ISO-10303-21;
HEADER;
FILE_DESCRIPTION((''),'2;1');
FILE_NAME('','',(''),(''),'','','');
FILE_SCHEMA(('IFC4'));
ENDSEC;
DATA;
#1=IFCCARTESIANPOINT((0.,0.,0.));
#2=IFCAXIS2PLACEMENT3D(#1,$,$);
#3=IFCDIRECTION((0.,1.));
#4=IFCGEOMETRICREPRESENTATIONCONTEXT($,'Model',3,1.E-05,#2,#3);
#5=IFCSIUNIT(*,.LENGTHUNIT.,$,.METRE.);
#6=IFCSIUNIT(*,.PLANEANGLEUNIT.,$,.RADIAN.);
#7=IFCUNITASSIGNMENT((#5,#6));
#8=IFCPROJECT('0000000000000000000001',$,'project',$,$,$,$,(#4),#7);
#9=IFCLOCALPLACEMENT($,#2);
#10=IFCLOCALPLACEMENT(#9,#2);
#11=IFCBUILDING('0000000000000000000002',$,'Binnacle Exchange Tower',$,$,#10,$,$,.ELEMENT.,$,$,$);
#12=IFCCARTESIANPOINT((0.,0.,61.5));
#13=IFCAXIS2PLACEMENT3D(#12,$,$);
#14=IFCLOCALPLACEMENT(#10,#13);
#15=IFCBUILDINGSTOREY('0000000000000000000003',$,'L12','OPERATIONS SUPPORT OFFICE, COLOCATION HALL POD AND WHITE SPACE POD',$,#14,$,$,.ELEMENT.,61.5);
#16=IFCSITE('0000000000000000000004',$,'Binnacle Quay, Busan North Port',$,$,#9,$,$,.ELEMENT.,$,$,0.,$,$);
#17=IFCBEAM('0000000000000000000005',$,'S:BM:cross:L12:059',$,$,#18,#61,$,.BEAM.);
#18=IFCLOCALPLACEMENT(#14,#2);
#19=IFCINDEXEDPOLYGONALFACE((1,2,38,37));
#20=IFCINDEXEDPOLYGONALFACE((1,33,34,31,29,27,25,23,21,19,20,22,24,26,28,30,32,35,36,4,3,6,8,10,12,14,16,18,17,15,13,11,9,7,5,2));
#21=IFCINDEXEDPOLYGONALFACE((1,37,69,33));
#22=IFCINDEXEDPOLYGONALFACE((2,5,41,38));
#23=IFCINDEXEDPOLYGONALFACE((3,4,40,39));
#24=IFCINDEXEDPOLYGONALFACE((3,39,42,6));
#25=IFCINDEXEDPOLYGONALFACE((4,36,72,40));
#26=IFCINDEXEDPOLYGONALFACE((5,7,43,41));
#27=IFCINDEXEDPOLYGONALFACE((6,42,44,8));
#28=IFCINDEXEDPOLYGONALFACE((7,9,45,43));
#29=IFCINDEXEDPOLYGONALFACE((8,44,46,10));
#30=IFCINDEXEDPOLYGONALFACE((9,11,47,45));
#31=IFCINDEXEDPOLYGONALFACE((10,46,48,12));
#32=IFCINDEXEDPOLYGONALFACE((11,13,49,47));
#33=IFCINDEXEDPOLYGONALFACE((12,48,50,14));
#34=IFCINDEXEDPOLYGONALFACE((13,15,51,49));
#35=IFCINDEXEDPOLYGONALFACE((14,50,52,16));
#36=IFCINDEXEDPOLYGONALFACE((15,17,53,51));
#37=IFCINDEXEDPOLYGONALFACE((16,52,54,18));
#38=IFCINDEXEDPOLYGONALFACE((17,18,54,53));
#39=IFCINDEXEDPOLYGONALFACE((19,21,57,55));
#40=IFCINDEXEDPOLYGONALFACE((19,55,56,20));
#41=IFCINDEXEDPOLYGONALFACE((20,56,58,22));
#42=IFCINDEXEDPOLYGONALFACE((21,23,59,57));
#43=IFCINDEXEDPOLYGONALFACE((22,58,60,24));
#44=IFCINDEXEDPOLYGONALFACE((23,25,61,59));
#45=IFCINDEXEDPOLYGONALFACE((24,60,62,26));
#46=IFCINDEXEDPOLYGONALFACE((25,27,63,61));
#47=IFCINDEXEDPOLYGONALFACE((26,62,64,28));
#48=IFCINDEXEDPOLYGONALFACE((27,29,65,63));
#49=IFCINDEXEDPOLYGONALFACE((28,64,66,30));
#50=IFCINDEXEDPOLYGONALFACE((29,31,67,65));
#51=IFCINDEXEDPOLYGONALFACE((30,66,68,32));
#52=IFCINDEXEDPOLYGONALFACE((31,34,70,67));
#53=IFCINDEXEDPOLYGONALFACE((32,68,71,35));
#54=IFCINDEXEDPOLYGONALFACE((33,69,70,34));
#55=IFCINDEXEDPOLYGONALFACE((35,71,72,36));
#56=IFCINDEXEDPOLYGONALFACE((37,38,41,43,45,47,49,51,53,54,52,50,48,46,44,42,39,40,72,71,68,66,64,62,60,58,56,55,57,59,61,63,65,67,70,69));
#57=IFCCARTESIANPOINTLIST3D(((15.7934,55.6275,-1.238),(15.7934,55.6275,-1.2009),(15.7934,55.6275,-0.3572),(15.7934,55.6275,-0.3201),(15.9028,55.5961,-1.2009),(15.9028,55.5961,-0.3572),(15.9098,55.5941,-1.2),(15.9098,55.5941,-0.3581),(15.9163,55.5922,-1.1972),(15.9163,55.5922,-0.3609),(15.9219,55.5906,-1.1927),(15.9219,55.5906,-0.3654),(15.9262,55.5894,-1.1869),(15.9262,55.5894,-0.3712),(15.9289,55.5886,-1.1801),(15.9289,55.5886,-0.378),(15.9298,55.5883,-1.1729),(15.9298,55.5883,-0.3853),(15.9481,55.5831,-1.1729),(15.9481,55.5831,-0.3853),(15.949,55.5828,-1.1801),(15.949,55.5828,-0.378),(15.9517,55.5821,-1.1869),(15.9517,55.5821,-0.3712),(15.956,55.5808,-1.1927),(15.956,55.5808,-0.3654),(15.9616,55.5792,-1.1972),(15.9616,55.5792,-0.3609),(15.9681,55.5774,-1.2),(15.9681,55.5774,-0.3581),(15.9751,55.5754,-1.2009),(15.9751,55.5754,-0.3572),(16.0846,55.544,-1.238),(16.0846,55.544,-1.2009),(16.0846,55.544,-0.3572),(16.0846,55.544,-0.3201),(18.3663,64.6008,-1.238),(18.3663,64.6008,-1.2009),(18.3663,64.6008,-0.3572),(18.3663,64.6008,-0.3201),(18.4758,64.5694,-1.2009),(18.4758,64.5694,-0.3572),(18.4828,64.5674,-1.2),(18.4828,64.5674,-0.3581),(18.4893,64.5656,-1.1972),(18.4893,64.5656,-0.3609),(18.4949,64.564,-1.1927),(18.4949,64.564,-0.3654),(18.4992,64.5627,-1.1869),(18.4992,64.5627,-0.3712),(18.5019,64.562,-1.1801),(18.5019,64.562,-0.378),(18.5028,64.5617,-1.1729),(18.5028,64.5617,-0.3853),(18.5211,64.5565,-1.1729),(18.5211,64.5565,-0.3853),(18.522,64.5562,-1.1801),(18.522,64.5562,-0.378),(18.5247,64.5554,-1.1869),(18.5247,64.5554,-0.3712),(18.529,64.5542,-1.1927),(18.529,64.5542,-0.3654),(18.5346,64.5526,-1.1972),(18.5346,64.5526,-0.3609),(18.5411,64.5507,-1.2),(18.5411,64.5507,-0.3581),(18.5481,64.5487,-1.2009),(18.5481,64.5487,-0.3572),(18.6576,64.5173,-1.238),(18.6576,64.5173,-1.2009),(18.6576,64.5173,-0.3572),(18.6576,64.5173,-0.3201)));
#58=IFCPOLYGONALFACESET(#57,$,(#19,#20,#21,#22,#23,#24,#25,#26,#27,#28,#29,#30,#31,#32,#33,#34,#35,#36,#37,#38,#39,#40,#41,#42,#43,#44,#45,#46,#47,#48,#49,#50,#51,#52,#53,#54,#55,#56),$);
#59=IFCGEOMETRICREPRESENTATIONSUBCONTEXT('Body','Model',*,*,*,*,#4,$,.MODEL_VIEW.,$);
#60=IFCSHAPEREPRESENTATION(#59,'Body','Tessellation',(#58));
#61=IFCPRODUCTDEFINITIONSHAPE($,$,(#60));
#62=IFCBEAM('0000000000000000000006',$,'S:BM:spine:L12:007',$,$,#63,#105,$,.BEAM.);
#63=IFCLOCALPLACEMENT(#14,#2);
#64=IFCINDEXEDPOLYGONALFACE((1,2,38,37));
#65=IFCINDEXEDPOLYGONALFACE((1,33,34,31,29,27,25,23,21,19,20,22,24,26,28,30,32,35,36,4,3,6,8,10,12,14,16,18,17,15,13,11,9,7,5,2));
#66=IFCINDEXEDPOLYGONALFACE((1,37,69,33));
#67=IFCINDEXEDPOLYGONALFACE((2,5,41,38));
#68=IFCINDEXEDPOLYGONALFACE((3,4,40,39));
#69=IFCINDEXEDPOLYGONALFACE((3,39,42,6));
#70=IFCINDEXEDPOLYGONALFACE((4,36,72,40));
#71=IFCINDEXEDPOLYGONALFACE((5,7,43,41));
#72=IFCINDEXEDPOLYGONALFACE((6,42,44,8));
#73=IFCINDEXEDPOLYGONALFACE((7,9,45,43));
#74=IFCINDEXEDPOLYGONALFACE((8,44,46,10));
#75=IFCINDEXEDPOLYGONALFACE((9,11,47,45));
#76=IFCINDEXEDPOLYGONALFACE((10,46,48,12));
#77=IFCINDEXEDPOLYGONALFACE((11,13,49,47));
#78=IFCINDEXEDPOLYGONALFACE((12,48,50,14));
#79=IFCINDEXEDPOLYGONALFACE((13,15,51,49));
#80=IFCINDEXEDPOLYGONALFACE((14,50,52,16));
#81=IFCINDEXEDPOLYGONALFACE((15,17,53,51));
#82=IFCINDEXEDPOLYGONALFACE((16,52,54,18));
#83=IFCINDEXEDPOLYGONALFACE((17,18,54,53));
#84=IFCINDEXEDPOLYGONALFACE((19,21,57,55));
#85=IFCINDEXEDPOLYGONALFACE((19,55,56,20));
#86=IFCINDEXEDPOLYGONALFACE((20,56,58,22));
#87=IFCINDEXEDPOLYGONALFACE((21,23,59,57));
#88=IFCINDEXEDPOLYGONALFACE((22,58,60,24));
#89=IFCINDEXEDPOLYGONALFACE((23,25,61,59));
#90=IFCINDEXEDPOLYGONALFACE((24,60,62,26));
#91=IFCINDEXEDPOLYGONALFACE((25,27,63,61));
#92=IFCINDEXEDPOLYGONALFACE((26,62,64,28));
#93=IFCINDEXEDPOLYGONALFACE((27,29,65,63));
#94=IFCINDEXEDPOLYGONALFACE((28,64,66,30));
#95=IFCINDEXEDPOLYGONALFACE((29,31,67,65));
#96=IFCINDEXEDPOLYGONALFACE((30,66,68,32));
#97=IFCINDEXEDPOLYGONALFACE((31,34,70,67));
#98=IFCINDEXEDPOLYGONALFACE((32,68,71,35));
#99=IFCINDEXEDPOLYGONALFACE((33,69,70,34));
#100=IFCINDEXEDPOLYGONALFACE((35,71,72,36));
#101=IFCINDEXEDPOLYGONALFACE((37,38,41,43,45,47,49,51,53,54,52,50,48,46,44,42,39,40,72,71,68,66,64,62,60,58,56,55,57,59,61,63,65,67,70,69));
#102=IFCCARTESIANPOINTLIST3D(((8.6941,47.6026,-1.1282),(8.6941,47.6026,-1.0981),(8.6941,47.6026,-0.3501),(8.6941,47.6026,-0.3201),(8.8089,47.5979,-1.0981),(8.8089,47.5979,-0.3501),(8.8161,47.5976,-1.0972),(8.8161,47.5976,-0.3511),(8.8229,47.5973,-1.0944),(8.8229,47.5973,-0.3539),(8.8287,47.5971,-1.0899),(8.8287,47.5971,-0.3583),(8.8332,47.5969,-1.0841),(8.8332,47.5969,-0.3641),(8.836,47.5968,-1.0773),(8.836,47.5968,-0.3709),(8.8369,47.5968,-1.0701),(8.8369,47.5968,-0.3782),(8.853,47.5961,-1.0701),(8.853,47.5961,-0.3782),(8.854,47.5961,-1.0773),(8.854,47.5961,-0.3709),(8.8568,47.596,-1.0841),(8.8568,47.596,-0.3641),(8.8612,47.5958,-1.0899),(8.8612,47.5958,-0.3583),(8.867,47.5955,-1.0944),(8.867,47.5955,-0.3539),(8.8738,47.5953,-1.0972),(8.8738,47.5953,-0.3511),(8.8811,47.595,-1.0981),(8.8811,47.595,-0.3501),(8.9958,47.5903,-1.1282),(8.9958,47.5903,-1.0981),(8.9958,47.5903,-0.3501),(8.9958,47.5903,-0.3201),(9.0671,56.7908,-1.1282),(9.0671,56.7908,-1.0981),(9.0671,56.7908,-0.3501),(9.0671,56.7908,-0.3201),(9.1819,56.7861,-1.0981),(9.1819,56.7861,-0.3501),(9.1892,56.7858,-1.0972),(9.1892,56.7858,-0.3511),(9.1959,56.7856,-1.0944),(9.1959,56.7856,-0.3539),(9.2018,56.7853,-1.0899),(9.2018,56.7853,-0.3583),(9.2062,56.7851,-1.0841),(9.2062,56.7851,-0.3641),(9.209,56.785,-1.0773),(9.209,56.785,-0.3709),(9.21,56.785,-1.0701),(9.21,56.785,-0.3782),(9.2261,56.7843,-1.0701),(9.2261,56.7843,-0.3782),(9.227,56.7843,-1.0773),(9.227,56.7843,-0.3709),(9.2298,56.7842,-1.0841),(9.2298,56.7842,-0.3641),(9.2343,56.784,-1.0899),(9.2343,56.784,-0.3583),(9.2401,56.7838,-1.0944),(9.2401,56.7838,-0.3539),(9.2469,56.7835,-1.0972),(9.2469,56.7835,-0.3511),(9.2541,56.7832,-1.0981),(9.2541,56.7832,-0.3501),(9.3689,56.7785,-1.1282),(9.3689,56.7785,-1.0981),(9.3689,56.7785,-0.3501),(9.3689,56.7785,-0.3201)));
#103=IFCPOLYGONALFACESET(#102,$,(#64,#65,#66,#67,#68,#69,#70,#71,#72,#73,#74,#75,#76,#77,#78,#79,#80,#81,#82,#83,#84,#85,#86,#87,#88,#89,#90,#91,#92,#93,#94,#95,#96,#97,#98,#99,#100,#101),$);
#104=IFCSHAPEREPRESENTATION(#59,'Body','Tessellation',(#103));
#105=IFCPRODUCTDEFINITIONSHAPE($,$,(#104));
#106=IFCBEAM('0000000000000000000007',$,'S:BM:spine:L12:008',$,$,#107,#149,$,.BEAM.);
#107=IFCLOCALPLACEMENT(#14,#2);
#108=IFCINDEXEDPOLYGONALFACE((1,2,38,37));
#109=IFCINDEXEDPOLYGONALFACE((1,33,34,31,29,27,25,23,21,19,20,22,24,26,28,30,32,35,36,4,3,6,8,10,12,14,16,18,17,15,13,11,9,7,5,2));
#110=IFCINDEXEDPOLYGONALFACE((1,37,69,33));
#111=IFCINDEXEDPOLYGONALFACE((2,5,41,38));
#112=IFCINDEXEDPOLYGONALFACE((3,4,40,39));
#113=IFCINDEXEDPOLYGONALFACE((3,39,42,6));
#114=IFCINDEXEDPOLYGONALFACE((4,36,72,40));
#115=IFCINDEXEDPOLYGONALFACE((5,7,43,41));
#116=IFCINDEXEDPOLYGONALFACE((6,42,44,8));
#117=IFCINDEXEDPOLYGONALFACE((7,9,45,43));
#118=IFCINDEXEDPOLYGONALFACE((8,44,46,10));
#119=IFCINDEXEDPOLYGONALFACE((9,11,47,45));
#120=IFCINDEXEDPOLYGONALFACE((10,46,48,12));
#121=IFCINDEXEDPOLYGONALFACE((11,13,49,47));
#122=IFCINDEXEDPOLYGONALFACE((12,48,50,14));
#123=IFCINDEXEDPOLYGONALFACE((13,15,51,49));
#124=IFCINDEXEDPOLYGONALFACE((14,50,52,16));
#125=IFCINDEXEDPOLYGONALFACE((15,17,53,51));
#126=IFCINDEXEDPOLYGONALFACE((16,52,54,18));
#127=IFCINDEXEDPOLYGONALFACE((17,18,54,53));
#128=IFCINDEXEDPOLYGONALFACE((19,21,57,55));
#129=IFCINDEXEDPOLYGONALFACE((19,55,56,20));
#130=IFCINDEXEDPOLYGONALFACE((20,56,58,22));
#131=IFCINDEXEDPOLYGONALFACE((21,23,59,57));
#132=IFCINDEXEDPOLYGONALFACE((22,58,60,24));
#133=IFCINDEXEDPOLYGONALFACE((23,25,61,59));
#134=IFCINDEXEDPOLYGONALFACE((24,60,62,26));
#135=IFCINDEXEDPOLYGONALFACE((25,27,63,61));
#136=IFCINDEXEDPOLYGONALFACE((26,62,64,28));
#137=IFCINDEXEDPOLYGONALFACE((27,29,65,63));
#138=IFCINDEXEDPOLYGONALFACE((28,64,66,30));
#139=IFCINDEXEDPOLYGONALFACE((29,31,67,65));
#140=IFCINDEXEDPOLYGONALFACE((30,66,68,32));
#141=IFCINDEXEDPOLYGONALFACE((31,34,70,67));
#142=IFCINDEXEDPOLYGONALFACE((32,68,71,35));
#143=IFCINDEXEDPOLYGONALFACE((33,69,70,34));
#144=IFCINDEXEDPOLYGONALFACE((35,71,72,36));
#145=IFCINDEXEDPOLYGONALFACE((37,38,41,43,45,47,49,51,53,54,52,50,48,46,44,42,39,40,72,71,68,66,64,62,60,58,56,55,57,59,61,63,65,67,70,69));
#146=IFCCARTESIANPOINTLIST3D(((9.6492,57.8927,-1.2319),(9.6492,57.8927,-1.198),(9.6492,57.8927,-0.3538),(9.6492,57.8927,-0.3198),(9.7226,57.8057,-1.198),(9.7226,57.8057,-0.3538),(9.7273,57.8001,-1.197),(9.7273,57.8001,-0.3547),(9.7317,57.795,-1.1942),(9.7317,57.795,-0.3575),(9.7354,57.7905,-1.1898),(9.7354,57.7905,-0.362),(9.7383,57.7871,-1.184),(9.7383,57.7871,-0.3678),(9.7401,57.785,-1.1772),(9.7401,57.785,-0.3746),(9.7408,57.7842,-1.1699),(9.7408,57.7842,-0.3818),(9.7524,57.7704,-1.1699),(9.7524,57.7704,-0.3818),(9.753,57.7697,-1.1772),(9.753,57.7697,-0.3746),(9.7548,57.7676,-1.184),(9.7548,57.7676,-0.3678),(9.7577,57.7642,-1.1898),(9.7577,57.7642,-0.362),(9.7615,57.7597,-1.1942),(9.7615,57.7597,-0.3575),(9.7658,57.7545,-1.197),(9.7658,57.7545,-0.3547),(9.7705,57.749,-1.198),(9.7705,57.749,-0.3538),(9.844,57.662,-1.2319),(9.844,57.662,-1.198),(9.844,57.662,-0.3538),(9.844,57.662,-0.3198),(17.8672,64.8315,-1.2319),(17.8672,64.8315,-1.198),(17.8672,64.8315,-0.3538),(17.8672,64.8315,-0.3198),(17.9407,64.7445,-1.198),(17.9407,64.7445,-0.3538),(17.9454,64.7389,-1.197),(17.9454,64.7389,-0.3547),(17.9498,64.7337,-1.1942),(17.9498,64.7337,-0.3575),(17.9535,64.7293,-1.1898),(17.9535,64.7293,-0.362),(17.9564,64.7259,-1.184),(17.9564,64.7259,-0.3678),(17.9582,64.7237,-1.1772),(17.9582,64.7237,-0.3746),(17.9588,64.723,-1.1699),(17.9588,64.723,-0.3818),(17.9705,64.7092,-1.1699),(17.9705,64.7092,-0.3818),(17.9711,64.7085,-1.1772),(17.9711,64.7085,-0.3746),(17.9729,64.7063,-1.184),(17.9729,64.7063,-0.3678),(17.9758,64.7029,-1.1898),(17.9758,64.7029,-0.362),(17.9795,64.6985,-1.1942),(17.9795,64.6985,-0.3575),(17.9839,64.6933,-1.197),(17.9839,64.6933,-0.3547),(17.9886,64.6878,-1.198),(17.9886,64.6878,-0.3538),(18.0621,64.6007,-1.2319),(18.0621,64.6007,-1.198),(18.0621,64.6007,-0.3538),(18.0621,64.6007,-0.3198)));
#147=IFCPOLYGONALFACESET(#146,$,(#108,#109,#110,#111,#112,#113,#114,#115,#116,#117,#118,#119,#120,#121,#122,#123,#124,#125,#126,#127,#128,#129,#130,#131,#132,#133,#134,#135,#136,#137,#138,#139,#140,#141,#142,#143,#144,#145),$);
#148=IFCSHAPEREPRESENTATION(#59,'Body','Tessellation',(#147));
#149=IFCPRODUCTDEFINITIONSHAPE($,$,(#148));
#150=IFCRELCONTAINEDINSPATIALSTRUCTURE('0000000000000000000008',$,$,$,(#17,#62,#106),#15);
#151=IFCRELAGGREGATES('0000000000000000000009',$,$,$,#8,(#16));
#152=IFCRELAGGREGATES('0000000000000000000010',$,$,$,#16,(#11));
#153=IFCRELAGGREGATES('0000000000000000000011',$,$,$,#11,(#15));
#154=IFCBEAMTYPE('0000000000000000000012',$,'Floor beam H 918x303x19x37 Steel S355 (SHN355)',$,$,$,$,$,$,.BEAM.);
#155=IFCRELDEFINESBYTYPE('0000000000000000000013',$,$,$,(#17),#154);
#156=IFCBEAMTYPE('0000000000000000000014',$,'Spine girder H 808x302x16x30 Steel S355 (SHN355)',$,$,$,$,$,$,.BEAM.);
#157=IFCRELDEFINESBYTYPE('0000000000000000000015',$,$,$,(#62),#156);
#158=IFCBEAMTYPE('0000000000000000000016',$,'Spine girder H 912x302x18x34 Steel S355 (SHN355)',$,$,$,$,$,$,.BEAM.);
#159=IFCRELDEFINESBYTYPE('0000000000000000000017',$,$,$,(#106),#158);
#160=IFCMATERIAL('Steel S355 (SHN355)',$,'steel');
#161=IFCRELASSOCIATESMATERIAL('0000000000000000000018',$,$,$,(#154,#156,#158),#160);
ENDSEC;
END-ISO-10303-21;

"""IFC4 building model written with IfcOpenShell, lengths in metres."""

from ifc_helpers import new_model, si_unit, direction, frame, origin, origin_2d, place, context, subcontext, project, spatial, i_section, extrude, material, material_profile, profile_set, type_object, element, save


model = new_model("IFC4")

# Units and contexts
model_context = context("Model", 3, precision=1e-05, world=origin(), true_north=direction((0.0, 1.0)))
body_context = subcontext(model_context, "Body", "Model", "MODEL_VIEW")
ifc_project = project(units=[si_unit("LENGTHUNIT", "METRE"), si_unit("PLANEANGLEUNIT", "RADIAN")], contexts=[model_context])

# Site, building, storey
site_placement = place(None, origin())
site = spatial("IfcSite", under=ifc_project, at=site_placement, Name="Binnacle Quay, Busan North Port", CompositionType="ELEMENT", RefElevation=0.0)
building_placement = place(site_placement, origin())
building = spatial("IfcBuilding", under=site, at=building_placement, Name="Binnacle Exchange Tower", CompositionType="ELEMENT")
storey_placement = place(building_placement, frame((0.0, 0.0, 61.5)))
storey = spatial("IfcBuildingStorey", under=building, at=storey_placement, Name="L12", Description="OPERATIONS SUPPORT OFFICE, COLOCATION HALL POD AND WHITE SPACE POD", CompositionType="ELEMENT", Elevation=61.5)

# Beams
ifc_material_1 = material(Name="Steel S355 (SHN355)", Category="steel")
ifc_material_profile_1 = material_profile(ifc_material_1, i_section(OverallWidth=0.303, OverallDepth=0.918, WebThickness=0.019, FlangeThickness=0.0371, FilletRadius=0.0281, at=origin_2d()), Name="H 918x303x19x37")
ifc_profile_set_1 = profile_set([ifc_material_profile_1], Name="Steel S355 (SHN355)")
beam_type_1 = type_object("IfcBeamType", Name="Floor beam H 918x303x19x37 Steel S355 (SHN355)", PredefinedType="BEAM", material=ifc_profile_set_1)
beam_1_placement = place(storey_placement, frame((18.512, 64.5591, -0.7791), z_axis=(-0.275629, -0.961264, 0.0), x_axis=(0.961264, -0.275629, 0.0)))
element("IfcBeam", 1, at=beam_1_placement, inside=storey, type_object=beam_type_1, Name="S:BM:cross:L12:059", PredefinedType="BEAM", context=body_context, shape_type="SweptSolid", body=[
    extrude(i_section(OverallWidth=0.303, OverallDepth=0.918, WebThickness=0.019, FlangeThickness=0.0371, FilletRadius=0.0281, at=origin_2d()), origin(), (0.0, 0.0, 1.0), 9.335),
])
ifc_material_profile_2 = material_profile(ifc_material_1, i_section(OverallWidth=0.302, OverallDepth=0.8081, WebThickness=0.0161, FlangeThickness=0.03, FilletRadius=0.0281, at=origin_2d()), Name="H 808x302x16x30")
ifc_profile_set_2 = profile_set([ifc_material_profile_2], Name="Steel S355 (SHN355)")
beam_type_2 = type_object("IfcBeamType", Name="Spine girder H 808x302x16x30 Steel S355 (SHN355)", PredefinedType="BEAM", material=ifc_profile_set_2)
beam_2_placement = place(storey_placement, frame((9.218, 56.7847, -0.7241), z_axis=(-0.040567, -0.999177, 0.0), x_axis=(0.999177, -0.040567, 0.0)))
element("IfcBeam", 2, at=beam_2_placement, inside=storey, type_object=beam_type_2, Name="S:BM:spine:L12:007", PredefinedType="BEAM", context=body_context, shape_type="SweptSolid", body=[
    extrude(i_section(OverallWidth=0.302, OverallDepth=0.8081, WebThickness=0.0161, FlangeThickness=0.03, FilletRadius=0.0281, at=origin_2d()), origin(), (0.0, 0.0, 1.0), 9.1958),
])
ifc_material_profile_3 = material_profile(ifc_material_1, i_section(OverallWidth=0.302, OverallDepth=0.9121, WebThickness=0.0181, FlangeThickness=0.0339, FilletRadius=0.0281, at=origin_2d()), Name="H 912x302x18x34")
ifc_profile_set_3 = profile_set([ifc_material_profile_3], Name="Steel S355 (SHN355)")
beam_type_3 = type_object("IfcBeamType", Name="Spine girder H 912x302x18x34 Steel S355 (SHN355)", PredefinedType="BEAM", material=ifc_profile_set_3)
beam_3_placement = place(storey_placement, frame((9.7466, 57.7773, -0.7759), z_axis=(0.764073, 0.64513, 0.0), x_axis=(-0.64513, 0.764073, 0.0)))
element("IfcBeam", 3, at=beam_3_placement, inside=storey, type_object=beam_type_3, Name="S:BM:spine:L12:008", PredefinedType="BEAM", context=body_context, shape_type="SweptSolid", body=[
    extrude(i_section(OverallWidth=0.302, OverallDepth=0.9121, WebThickness=0.0181, FlangeThickness=0.0339, FilletRadius=0.0281, at=origin_2d()), origin(), (0.0, 0.0, 1.0), 10.7556),
])

save(model, "model.ifc")
